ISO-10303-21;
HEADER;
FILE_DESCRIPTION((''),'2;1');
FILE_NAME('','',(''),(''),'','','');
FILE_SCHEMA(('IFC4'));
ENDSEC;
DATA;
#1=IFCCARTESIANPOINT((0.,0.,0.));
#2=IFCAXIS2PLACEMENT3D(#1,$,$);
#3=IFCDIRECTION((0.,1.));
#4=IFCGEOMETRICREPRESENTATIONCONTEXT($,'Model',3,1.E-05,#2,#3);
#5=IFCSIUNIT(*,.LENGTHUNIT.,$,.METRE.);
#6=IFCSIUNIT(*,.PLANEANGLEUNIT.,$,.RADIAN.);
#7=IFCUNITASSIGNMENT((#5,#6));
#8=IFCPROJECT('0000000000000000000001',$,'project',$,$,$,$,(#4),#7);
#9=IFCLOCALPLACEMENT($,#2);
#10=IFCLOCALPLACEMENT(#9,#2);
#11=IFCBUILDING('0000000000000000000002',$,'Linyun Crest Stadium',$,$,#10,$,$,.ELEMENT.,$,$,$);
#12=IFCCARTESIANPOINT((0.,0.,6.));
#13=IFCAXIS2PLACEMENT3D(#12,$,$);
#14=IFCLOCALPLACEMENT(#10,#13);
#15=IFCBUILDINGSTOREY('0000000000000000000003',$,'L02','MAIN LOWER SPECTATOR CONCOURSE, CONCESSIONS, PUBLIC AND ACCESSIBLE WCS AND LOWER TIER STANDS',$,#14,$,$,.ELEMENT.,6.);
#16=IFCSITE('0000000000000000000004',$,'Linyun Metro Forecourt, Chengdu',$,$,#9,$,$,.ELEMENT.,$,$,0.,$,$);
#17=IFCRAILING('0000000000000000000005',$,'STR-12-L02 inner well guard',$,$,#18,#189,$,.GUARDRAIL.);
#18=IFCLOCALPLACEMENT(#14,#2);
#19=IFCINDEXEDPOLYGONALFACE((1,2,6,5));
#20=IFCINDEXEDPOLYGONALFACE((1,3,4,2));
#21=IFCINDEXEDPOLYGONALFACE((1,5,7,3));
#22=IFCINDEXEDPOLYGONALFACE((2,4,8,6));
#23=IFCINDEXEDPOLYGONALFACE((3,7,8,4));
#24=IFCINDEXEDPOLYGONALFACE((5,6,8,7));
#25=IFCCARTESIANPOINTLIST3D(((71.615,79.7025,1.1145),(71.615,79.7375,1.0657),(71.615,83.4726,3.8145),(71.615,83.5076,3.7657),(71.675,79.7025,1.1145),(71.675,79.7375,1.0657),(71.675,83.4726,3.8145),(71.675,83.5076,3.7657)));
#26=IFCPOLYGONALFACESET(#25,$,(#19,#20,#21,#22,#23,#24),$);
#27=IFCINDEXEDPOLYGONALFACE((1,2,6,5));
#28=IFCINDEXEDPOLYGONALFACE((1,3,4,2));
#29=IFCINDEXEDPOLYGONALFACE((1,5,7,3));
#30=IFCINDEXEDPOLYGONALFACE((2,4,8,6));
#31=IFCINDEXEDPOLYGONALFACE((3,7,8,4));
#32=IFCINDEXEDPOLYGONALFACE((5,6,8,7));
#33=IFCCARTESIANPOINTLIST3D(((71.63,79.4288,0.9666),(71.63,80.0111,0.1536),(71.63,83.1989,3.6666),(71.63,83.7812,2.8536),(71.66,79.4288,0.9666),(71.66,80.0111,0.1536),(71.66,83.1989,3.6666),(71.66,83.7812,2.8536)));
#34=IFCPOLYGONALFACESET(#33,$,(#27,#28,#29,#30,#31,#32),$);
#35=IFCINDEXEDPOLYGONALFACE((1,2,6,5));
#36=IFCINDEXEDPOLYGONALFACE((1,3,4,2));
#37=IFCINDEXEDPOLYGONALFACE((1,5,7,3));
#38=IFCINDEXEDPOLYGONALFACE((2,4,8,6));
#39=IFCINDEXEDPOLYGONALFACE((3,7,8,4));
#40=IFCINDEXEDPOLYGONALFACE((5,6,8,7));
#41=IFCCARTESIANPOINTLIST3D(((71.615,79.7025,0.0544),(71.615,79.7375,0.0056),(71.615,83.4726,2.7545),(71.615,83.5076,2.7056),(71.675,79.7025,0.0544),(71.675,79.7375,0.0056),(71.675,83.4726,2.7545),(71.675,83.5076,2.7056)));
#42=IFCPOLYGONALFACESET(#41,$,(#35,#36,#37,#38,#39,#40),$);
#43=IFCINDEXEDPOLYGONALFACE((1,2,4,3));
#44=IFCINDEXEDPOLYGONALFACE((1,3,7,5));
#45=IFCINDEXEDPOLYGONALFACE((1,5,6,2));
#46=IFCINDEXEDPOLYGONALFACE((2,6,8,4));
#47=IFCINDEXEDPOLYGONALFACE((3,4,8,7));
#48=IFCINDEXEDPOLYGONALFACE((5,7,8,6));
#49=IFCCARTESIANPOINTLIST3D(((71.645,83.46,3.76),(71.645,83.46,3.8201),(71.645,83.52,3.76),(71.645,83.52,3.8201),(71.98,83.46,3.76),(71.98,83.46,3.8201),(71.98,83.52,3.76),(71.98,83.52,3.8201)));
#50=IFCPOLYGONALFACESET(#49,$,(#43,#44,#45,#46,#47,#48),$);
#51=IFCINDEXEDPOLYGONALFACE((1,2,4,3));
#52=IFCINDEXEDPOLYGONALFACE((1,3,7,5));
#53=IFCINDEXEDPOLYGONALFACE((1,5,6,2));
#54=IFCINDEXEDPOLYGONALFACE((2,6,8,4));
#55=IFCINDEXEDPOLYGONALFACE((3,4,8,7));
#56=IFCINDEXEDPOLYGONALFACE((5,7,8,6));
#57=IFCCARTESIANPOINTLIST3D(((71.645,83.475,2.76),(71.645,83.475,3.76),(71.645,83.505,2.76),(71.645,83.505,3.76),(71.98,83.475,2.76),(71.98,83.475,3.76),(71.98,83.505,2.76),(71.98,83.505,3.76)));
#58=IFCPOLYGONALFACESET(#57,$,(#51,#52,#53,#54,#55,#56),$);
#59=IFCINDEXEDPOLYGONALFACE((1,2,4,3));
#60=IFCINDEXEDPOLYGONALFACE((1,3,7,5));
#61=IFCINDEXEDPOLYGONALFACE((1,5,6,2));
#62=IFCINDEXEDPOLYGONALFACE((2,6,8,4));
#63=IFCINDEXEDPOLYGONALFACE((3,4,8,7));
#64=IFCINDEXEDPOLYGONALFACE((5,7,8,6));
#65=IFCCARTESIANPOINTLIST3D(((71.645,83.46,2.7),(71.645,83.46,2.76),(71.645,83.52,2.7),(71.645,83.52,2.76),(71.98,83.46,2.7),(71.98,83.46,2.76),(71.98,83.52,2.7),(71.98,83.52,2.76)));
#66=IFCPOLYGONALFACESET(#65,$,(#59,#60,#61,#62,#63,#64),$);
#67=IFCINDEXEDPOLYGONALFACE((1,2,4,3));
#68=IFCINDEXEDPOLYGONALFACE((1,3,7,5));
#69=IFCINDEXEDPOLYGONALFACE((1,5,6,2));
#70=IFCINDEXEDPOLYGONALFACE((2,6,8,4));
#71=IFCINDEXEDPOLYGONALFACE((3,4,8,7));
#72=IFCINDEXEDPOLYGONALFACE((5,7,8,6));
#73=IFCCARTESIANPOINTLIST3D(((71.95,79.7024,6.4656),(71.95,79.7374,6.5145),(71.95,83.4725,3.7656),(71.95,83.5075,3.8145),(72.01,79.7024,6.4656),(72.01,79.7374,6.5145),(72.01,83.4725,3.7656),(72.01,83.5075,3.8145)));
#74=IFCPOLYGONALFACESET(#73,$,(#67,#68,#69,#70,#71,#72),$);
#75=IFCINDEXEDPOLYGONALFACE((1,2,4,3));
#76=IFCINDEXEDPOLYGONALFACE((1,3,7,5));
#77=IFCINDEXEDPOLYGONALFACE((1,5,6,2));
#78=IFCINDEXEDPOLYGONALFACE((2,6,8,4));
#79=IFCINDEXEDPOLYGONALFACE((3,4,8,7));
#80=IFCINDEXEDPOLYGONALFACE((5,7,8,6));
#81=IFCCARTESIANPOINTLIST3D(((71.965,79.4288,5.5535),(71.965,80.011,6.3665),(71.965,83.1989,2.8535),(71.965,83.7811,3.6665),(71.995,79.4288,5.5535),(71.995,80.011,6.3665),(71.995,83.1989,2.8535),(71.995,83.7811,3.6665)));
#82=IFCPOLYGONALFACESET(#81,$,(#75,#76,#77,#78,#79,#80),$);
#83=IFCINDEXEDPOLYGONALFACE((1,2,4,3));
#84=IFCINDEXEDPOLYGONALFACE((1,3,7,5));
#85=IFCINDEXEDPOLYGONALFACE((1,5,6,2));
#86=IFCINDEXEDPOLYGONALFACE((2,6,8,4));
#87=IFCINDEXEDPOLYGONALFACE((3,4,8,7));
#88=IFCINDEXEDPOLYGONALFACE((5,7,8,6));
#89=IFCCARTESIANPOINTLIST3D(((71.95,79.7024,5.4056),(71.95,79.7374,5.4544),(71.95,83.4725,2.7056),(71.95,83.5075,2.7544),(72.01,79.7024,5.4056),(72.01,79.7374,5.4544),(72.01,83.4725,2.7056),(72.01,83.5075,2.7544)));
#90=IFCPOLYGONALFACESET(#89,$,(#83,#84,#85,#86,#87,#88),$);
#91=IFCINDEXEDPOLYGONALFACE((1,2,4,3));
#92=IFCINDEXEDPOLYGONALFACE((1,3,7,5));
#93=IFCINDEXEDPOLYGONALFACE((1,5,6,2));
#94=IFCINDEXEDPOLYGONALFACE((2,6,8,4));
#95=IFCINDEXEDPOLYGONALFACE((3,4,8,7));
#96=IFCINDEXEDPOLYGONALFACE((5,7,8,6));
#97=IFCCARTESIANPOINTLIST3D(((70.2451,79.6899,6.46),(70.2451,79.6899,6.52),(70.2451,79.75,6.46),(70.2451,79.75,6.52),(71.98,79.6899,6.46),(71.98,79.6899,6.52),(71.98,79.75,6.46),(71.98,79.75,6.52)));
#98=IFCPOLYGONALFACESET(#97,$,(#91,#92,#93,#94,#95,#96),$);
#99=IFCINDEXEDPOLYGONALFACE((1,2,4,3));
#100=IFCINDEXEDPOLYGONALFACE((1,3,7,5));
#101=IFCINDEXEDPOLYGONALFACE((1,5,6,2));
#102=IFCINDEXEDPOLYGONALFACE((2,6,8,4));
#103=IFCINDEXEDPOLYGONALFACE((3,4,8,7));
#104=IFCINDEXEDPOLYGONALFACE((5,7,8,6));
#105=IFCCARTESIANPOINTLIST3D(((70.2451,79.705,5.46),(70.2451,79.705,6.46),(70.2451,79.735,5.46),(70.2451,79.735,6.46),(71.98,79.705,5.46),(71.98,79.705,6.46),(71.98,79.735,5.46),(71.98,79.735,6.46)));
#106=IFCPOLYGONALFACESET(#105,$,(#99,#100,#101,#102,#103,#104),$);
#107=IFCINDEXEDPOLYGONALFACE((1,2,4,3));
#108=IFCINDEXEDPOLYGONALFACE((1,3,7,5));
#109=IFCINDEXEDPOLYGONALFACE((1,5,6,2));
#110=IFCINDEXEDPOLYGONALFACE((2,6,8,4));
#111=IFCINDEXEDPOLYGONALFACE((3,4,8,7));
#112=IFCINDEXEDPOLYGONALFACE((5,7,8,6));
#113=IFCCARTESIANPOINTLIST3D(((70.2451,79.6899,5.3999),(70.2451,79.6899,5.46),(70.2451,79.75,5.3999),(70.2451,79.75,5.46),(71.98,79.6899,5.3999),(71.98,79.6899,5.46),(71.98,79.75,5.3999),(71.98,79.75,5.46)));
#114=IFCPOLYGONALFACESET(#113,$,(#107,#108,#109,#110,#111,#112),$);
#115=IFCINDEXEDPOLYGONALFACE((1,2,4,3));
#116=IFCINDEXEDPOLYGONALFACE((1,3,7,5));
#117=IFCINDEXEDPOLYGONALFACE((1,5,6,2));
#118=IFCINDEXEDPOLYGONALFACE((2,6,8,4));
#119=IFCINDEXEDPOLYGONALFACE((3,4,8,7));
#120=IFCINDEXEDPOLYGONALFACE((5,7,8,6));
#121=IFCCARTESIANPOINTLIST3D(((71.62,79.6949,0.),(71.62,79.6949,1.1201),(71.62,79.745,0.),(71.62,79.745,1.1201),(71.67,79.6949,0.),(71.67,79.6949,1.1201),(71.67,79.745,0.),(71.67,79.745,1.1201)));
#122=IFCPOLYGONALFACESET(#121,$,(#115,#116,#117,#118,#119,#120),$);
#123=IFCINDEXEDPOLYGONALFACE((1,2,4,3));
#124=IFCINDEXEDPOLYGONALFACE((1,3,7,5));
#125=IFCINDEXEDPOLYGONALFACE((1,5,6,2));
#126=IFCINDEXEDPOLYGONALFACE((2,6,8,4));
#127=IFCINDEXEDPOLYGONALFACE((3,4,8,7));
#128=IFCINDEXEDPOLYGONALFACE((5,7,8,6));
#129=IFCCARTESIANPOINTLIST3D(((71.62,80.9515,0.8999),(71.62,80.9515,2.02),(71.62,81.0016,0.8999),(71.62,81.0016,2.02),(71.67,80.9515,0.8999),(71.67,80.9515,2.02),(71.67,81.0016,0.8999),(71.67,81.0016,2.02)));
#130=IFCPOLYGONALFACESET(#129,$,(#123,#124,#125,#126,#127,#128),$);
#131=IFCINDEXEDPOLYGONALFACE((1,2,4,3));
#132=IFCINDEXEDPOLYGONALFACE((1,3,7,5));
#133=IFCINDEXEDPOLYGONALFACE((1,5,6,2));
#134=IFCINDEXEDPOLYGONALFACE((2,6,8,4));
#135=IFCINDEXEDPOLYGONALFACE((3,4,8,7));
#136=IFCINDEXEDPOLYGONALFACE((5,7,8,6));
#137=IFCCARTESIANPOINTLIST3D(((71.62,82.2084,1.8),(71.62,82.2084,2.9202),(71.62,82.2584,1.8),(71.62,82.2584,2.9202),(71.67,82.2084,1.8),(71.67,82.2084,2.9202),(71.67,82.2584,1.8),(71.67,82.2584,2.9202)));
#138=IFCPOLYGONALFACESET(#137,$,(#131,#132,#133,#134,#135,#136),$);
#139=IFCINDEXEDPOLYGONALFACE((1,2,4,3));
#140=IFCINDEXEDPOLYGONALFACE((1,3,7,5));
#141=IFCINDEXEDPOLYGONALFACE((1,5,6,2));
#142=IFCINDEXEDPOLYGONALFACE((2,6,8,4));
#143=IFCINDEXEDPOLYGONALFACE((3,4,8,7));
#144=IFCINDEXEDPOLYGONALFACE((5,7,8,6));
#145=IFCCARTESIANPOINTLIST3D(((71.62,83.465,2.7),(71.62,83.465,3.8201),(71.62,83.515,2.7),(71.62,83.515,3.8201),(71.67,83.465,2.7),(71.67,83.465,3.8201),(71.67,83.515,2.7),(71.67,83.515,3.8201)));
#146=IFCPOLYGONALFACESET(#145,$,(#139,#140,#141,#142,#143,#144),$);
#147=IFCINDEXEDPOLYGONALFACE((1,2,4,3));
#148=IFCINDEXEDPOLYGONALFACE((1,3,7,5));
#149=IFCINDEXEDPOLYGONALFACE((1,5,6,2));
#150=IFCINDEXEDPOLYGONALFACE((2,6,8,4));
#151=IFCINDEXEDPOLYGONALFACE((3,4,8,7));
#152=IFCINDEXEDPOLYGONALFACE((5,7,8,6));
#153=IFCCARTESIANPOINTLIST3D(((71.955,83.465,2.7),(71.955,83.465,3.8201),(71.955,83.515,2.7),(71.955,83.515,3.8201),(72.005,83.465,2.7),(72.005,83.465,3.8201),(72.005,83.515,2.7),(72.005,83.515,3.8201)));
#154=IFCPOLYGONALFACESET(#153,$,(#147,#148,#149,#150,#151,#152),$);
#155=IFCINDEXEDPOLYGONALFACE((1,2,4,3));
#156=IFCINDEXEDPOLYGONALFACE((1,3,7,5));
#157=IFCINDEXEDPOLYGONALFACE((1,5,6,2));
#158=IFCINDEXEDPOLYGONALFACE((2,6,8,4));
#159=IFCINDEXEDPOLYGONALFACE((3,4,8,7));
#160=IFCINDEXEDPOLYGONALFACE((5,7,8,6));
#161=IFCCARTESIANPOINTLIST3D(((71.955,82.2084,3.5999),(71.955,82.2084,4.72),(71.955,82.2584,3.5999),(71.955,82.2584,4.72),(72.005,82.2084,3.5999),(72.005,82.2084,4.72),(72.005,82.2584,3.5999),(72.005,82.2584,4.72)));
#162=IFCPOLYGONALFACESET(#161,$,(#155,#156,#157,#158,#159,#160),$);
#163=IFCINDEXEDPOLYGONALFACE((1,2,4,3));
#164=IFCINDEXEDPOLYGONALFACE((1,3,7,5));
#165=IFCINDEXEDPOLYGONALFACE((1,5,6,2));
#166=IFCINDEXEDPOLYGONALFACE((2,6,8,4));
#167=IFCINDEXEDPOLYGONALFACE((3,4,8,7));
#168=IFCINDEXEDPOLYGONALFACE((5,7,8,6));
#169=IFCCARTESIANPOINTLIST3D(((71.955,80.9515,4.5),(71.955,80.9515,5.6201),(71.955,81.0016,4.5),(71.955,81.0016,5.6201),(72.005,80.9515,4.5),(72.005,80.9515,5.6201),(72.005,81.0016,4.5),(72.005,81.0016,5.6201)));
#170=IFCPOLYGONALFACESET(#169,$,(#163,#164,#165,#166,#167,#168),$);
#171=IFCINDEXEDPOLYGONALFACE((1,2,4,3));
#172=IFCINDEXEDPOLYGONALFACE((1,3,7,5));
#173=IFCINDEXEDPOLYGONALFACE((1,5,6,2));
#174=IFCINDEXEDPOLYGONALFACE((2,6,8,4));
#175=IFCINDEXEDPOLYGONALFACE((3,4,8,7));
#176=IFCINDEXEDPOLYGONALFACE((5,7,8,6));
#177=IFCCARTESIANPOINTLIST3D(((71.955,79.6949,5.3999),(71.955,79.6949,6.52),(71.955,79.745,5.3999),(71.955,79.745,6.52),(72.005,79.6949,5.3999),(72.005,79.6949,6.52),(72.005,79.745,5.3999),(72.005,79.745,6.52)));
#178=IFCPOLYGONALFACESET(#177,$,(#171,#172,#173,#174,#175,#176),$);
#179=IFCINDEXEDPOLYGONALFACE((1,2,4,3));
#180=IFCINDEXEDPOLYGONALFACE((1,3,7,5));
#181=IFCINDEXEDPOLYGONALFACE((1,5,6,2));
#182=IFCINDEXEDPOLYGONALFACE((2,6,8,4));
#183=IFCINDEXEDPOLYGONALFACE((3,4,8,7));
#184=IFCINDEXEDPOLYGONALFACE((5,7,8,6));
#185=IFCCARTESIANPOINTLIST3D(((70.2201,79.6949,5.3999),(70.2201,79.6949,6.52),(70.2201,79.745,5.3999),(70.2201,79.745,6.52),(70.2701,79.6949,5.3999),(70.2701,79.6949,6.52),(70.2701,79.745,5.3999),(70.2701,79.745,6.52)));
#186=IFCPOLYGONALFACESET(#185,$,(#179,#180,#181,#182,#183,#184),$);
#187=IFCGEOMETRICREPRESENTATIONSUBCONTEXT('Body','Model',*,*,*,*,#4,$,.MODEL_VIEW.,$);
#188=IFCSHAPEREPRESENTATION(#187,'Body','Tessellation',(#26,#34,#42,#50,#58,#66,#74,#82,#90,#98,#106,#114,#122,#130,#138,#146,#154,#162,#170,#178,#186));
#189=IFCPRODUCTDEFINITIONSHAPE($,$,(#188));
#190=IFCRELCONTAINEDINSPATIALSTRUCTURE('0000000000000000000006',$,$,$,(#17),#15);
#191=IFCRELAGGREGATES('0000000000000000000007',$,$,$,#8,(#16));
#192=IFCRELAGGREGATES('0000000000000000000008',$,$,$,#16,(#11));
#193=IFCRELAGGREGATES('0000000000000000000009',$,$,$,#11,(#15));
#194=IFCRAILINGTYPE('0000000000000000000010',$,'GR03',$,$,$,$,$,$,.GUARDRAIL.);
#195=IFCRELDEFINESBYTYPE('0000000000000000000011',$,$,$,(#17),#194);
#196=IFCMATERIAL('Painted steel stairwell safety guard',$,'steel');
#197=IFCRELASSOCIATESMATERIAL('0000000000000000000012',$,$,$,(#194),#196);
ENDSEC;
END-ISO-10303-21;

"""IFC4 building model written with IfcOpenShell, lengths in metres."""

from ifc_helpers import new_model, si_unit, direction, frame, origin, origin_2d, place, context, subcontext, project, spatial, rectangle, extrude, material, type_object, element, save


model = new_model("IFC4")

# Units and contexts
model_context = context("Model", 3, precision=1e-05, world=origin(), true_north=direction((0.0, 1.0)))
body_context = subcontext(model_context, "Body", "Model", "MODEL_VIEW")
ifc_project = project(units=[si_unit("LENGTHUNIT", "METRE"), si_unit("PLANEANGLEUNIT", "RADIAN")], contexts=[model_context])

# Site, building, storey
site_placement = place(None, origin())
site = spatial("IfcSite", under=ifc_project, at=site_placement, Name="Linyun Metro Forecourt, Chengdu", CompositionType="ELEMENT", RefElevation=0.0)
building_placement = place(site_placement, origin())
building = spatial("IfcBuilding", under=site, at=building_placement, Name="Linyun Crest Stadium", CompositionType="ELEMENT")
storey_placement = place(building_placement, frame((0.0, 0.0, 6.0)))
storey = spatial("IfcBuildingStorey", under=building, at=storey_placement, Name="L02", Description="MAIN LOWER SPECTATOR CONCOURSE, CONCESSIONS, PUBLIC AND ACCESSIBLE WCS AND LOWER TIER STANDS", CompositionType="ELEMENT", Elevation=6.0)

# Railing
ifc_material_1 = material(Name="Painted steel stairwell safety guard", Category="steel")
railing_type_1 = type_object("IfcRailingType", Name="GR03", PredefinedType="GUARDRAIL", material=ifc_material_1)
railing_1_placement = place(storey_placement, frame((71.645, 79.72, 0.0)))
element("IfcRailing", 1, at=railing_1_placement, inside=storey, type_object=railing_type_1, Name="STR-12-L02 inner well guard", PredefinedType="GUARDRAIL", context=body_context, shape_type="SweptSolid", body=[
    extrude(rectangle(XDim=0.0601, YDim=0.0601, at=origin_2d()), frame((0.0, 0.0, 1.0901), z_axis=(0.0, 0.813011, 0.582249), x_axis=(-1.0, 0.0, 0.0)), (0.0, 0.0, 1.0), 4.6372),
    extrude(rectangle(XDim=0.03, YDim=1.0, at=origin_2d()), frame((0.0, 0.0, 0.5601), z_axis=(0.0, 0.813011, 0.582249), x_axis=(-1.0, 0.0, 0.0)), (0.0, 0.0, 1.0), 4.6372),
    extrude(rectangle(XDim=0.0601, YDim=0.0601, at=origin_2d()), frame((0.0, 0.0, 0.03), z_axis=(0.0, 0.813011, 0.582249), x_axis=(-1.0, 0.0, 0.0)), (0.0, 0.0, 1.0), 4.6372),
    extrude(rectangle(XDim=0.0601, YDim=0.0601, at=origin_2d()), frame((0.0, 3.77, 3.79), z_axis=(1.0, 0.0, 0.0), x_axis=(0.0, 1.0, 0.0)), (0.0, 0.0, 1.0), 0.335),
    extrude(rectangle(XDim=0.03, YDim=1.0, at=origin_2d()), frame((0.0, 3.77, 3.26), z_axis=(1.0, 0.0, 0.0), x_axis=(0.0, 1.0, 0.0)), (0.0, 0.0, 1.0), 0.335),
    extrude(rectangle(XDim=0.0601, YDim=0.0601, at=origin_2d()), frame((0.0, 3.77, 2.73), z_axis=(1.0, 0.0, 0.0), x_axis=(0.0, 1.0, 0.0)), (0.0, 0.0, 1.0), 0.335),
    extrude(rectangle(XDim=0.0601, YDim=0.0601, at=origin_2d()), frame((0.335, 3.77, 3.79), z_axis=(0.0, -0.813011, 0.582249), x_axis=(1.0, 0.0, 0.0)), (0.0, 0.0, 1.0), 4.6372),
    extrude(rectangle(XDim=0.03, YDim=1.0, at=origin_2d()), frame((0.335, 3.77, 3.26), z_axis=(0.0, -0.813011, 0.582249), x_axis=(1.0, 0.0, 0.0)), (0.0, 0.0, 1.0), 4.6372),
    extrude(rectangle(XDim=0.0601, YDim=0.0601, at=origin_2d()), frame((0.335, 3.77, 2.73), z_axis=(0.0, -0.813011, 0.582249), x_axis=(1.0, 0.0, 0.0)), (0.0, 0.0, 1.0), 4.6372),
    extrude(rectangle(XDim=0.0601, YDim=0.0601, at=origin_2d()), frame((0.335, 0.0, 6.49), z_axis=(-1.0, 0.0, 0.0), x_axis=(0.0, -1.0, 0.0)), (0.0, 0.0, 1.0), 1.7349),
    extrude(rectangle(XDim=0.03, YDim=1.0, at=origin_2d()), frame((0.335, 0.0, 5.96), z_axis=(-1.0, 0.0, 0.0), x_axis=(0.0, -1.0, 0.0)), (0.0, 0.0, 1.0), 1.7349),
    extrude(rectangle(XDim=0.0601, YDim=0.0601, at=origin_2d()), frame((0.335, 0.0, 5.4299), z_axis=(-1.0, 0.0, 0.0), x_axis=(0.0, -1.0, 0.0)), (0.0, 0.0, 1.0), 1.7349),
    extrude(rectangle(XDim=0.05, YDim=0.05, at=origin_2d()), origin(), (0.0, 0.0, 1.0), 1.1201),
    extrude(rectangle(XDim=0.05, YDim=0.05, at=origin_2d()), frame((0.0, 1.2566, 0.8999)), (0.0, 0.0, 1.0), 1.1201),
    extrude(rectangle(XDim=0.05, YDim=0.05, at=origin_2d()), frame((0.0, 2.5134, 1.8)), (0.0, 0.0, 1.0), 1.1201),
    extrude(rectangle(XDim=0.05, YDim=0.05, at=origin_2d()), frame((0.0, 3.77, 2.7)), (0.0, 0.0, 1.0), 1.1201),
    extrude(rectangle(XDim=0.05, YDim=0.05, at=origin_2d()), frame((0.335, 3.77, 2.7)), (0.0, 0.0, 1.0), 1.1201),
    extrude(rectangle(XDim=0.05, YDim=0.05, at=origin_2d()), frame((0.335, 2.5134, 3.5999)), (0.0, 0.0, 1.0), 1.1201),
    extrude(rectangle(XDim=0.05, YDim=0.05, at=origin_2d()), frame((0.335, 1.2566, 4.5)), (0.0, 0.0, 1.0), 1.1201),
    extrude(rectangle(XDim=0.05, YDim=0.05, at=origin_2d()), frame((0.335, 0.0, 5.3999)), (0.0, 0.0, 1.0), 1.1201),
    extrude(rectangle(XDim=0.05, YDim=0.05, at=origin_2d()), frame((-1.3999, 0.0, 5.3999)), (0.0, 0.0, 1.0), 1.1201),
])

save(model, "model.ifc")
